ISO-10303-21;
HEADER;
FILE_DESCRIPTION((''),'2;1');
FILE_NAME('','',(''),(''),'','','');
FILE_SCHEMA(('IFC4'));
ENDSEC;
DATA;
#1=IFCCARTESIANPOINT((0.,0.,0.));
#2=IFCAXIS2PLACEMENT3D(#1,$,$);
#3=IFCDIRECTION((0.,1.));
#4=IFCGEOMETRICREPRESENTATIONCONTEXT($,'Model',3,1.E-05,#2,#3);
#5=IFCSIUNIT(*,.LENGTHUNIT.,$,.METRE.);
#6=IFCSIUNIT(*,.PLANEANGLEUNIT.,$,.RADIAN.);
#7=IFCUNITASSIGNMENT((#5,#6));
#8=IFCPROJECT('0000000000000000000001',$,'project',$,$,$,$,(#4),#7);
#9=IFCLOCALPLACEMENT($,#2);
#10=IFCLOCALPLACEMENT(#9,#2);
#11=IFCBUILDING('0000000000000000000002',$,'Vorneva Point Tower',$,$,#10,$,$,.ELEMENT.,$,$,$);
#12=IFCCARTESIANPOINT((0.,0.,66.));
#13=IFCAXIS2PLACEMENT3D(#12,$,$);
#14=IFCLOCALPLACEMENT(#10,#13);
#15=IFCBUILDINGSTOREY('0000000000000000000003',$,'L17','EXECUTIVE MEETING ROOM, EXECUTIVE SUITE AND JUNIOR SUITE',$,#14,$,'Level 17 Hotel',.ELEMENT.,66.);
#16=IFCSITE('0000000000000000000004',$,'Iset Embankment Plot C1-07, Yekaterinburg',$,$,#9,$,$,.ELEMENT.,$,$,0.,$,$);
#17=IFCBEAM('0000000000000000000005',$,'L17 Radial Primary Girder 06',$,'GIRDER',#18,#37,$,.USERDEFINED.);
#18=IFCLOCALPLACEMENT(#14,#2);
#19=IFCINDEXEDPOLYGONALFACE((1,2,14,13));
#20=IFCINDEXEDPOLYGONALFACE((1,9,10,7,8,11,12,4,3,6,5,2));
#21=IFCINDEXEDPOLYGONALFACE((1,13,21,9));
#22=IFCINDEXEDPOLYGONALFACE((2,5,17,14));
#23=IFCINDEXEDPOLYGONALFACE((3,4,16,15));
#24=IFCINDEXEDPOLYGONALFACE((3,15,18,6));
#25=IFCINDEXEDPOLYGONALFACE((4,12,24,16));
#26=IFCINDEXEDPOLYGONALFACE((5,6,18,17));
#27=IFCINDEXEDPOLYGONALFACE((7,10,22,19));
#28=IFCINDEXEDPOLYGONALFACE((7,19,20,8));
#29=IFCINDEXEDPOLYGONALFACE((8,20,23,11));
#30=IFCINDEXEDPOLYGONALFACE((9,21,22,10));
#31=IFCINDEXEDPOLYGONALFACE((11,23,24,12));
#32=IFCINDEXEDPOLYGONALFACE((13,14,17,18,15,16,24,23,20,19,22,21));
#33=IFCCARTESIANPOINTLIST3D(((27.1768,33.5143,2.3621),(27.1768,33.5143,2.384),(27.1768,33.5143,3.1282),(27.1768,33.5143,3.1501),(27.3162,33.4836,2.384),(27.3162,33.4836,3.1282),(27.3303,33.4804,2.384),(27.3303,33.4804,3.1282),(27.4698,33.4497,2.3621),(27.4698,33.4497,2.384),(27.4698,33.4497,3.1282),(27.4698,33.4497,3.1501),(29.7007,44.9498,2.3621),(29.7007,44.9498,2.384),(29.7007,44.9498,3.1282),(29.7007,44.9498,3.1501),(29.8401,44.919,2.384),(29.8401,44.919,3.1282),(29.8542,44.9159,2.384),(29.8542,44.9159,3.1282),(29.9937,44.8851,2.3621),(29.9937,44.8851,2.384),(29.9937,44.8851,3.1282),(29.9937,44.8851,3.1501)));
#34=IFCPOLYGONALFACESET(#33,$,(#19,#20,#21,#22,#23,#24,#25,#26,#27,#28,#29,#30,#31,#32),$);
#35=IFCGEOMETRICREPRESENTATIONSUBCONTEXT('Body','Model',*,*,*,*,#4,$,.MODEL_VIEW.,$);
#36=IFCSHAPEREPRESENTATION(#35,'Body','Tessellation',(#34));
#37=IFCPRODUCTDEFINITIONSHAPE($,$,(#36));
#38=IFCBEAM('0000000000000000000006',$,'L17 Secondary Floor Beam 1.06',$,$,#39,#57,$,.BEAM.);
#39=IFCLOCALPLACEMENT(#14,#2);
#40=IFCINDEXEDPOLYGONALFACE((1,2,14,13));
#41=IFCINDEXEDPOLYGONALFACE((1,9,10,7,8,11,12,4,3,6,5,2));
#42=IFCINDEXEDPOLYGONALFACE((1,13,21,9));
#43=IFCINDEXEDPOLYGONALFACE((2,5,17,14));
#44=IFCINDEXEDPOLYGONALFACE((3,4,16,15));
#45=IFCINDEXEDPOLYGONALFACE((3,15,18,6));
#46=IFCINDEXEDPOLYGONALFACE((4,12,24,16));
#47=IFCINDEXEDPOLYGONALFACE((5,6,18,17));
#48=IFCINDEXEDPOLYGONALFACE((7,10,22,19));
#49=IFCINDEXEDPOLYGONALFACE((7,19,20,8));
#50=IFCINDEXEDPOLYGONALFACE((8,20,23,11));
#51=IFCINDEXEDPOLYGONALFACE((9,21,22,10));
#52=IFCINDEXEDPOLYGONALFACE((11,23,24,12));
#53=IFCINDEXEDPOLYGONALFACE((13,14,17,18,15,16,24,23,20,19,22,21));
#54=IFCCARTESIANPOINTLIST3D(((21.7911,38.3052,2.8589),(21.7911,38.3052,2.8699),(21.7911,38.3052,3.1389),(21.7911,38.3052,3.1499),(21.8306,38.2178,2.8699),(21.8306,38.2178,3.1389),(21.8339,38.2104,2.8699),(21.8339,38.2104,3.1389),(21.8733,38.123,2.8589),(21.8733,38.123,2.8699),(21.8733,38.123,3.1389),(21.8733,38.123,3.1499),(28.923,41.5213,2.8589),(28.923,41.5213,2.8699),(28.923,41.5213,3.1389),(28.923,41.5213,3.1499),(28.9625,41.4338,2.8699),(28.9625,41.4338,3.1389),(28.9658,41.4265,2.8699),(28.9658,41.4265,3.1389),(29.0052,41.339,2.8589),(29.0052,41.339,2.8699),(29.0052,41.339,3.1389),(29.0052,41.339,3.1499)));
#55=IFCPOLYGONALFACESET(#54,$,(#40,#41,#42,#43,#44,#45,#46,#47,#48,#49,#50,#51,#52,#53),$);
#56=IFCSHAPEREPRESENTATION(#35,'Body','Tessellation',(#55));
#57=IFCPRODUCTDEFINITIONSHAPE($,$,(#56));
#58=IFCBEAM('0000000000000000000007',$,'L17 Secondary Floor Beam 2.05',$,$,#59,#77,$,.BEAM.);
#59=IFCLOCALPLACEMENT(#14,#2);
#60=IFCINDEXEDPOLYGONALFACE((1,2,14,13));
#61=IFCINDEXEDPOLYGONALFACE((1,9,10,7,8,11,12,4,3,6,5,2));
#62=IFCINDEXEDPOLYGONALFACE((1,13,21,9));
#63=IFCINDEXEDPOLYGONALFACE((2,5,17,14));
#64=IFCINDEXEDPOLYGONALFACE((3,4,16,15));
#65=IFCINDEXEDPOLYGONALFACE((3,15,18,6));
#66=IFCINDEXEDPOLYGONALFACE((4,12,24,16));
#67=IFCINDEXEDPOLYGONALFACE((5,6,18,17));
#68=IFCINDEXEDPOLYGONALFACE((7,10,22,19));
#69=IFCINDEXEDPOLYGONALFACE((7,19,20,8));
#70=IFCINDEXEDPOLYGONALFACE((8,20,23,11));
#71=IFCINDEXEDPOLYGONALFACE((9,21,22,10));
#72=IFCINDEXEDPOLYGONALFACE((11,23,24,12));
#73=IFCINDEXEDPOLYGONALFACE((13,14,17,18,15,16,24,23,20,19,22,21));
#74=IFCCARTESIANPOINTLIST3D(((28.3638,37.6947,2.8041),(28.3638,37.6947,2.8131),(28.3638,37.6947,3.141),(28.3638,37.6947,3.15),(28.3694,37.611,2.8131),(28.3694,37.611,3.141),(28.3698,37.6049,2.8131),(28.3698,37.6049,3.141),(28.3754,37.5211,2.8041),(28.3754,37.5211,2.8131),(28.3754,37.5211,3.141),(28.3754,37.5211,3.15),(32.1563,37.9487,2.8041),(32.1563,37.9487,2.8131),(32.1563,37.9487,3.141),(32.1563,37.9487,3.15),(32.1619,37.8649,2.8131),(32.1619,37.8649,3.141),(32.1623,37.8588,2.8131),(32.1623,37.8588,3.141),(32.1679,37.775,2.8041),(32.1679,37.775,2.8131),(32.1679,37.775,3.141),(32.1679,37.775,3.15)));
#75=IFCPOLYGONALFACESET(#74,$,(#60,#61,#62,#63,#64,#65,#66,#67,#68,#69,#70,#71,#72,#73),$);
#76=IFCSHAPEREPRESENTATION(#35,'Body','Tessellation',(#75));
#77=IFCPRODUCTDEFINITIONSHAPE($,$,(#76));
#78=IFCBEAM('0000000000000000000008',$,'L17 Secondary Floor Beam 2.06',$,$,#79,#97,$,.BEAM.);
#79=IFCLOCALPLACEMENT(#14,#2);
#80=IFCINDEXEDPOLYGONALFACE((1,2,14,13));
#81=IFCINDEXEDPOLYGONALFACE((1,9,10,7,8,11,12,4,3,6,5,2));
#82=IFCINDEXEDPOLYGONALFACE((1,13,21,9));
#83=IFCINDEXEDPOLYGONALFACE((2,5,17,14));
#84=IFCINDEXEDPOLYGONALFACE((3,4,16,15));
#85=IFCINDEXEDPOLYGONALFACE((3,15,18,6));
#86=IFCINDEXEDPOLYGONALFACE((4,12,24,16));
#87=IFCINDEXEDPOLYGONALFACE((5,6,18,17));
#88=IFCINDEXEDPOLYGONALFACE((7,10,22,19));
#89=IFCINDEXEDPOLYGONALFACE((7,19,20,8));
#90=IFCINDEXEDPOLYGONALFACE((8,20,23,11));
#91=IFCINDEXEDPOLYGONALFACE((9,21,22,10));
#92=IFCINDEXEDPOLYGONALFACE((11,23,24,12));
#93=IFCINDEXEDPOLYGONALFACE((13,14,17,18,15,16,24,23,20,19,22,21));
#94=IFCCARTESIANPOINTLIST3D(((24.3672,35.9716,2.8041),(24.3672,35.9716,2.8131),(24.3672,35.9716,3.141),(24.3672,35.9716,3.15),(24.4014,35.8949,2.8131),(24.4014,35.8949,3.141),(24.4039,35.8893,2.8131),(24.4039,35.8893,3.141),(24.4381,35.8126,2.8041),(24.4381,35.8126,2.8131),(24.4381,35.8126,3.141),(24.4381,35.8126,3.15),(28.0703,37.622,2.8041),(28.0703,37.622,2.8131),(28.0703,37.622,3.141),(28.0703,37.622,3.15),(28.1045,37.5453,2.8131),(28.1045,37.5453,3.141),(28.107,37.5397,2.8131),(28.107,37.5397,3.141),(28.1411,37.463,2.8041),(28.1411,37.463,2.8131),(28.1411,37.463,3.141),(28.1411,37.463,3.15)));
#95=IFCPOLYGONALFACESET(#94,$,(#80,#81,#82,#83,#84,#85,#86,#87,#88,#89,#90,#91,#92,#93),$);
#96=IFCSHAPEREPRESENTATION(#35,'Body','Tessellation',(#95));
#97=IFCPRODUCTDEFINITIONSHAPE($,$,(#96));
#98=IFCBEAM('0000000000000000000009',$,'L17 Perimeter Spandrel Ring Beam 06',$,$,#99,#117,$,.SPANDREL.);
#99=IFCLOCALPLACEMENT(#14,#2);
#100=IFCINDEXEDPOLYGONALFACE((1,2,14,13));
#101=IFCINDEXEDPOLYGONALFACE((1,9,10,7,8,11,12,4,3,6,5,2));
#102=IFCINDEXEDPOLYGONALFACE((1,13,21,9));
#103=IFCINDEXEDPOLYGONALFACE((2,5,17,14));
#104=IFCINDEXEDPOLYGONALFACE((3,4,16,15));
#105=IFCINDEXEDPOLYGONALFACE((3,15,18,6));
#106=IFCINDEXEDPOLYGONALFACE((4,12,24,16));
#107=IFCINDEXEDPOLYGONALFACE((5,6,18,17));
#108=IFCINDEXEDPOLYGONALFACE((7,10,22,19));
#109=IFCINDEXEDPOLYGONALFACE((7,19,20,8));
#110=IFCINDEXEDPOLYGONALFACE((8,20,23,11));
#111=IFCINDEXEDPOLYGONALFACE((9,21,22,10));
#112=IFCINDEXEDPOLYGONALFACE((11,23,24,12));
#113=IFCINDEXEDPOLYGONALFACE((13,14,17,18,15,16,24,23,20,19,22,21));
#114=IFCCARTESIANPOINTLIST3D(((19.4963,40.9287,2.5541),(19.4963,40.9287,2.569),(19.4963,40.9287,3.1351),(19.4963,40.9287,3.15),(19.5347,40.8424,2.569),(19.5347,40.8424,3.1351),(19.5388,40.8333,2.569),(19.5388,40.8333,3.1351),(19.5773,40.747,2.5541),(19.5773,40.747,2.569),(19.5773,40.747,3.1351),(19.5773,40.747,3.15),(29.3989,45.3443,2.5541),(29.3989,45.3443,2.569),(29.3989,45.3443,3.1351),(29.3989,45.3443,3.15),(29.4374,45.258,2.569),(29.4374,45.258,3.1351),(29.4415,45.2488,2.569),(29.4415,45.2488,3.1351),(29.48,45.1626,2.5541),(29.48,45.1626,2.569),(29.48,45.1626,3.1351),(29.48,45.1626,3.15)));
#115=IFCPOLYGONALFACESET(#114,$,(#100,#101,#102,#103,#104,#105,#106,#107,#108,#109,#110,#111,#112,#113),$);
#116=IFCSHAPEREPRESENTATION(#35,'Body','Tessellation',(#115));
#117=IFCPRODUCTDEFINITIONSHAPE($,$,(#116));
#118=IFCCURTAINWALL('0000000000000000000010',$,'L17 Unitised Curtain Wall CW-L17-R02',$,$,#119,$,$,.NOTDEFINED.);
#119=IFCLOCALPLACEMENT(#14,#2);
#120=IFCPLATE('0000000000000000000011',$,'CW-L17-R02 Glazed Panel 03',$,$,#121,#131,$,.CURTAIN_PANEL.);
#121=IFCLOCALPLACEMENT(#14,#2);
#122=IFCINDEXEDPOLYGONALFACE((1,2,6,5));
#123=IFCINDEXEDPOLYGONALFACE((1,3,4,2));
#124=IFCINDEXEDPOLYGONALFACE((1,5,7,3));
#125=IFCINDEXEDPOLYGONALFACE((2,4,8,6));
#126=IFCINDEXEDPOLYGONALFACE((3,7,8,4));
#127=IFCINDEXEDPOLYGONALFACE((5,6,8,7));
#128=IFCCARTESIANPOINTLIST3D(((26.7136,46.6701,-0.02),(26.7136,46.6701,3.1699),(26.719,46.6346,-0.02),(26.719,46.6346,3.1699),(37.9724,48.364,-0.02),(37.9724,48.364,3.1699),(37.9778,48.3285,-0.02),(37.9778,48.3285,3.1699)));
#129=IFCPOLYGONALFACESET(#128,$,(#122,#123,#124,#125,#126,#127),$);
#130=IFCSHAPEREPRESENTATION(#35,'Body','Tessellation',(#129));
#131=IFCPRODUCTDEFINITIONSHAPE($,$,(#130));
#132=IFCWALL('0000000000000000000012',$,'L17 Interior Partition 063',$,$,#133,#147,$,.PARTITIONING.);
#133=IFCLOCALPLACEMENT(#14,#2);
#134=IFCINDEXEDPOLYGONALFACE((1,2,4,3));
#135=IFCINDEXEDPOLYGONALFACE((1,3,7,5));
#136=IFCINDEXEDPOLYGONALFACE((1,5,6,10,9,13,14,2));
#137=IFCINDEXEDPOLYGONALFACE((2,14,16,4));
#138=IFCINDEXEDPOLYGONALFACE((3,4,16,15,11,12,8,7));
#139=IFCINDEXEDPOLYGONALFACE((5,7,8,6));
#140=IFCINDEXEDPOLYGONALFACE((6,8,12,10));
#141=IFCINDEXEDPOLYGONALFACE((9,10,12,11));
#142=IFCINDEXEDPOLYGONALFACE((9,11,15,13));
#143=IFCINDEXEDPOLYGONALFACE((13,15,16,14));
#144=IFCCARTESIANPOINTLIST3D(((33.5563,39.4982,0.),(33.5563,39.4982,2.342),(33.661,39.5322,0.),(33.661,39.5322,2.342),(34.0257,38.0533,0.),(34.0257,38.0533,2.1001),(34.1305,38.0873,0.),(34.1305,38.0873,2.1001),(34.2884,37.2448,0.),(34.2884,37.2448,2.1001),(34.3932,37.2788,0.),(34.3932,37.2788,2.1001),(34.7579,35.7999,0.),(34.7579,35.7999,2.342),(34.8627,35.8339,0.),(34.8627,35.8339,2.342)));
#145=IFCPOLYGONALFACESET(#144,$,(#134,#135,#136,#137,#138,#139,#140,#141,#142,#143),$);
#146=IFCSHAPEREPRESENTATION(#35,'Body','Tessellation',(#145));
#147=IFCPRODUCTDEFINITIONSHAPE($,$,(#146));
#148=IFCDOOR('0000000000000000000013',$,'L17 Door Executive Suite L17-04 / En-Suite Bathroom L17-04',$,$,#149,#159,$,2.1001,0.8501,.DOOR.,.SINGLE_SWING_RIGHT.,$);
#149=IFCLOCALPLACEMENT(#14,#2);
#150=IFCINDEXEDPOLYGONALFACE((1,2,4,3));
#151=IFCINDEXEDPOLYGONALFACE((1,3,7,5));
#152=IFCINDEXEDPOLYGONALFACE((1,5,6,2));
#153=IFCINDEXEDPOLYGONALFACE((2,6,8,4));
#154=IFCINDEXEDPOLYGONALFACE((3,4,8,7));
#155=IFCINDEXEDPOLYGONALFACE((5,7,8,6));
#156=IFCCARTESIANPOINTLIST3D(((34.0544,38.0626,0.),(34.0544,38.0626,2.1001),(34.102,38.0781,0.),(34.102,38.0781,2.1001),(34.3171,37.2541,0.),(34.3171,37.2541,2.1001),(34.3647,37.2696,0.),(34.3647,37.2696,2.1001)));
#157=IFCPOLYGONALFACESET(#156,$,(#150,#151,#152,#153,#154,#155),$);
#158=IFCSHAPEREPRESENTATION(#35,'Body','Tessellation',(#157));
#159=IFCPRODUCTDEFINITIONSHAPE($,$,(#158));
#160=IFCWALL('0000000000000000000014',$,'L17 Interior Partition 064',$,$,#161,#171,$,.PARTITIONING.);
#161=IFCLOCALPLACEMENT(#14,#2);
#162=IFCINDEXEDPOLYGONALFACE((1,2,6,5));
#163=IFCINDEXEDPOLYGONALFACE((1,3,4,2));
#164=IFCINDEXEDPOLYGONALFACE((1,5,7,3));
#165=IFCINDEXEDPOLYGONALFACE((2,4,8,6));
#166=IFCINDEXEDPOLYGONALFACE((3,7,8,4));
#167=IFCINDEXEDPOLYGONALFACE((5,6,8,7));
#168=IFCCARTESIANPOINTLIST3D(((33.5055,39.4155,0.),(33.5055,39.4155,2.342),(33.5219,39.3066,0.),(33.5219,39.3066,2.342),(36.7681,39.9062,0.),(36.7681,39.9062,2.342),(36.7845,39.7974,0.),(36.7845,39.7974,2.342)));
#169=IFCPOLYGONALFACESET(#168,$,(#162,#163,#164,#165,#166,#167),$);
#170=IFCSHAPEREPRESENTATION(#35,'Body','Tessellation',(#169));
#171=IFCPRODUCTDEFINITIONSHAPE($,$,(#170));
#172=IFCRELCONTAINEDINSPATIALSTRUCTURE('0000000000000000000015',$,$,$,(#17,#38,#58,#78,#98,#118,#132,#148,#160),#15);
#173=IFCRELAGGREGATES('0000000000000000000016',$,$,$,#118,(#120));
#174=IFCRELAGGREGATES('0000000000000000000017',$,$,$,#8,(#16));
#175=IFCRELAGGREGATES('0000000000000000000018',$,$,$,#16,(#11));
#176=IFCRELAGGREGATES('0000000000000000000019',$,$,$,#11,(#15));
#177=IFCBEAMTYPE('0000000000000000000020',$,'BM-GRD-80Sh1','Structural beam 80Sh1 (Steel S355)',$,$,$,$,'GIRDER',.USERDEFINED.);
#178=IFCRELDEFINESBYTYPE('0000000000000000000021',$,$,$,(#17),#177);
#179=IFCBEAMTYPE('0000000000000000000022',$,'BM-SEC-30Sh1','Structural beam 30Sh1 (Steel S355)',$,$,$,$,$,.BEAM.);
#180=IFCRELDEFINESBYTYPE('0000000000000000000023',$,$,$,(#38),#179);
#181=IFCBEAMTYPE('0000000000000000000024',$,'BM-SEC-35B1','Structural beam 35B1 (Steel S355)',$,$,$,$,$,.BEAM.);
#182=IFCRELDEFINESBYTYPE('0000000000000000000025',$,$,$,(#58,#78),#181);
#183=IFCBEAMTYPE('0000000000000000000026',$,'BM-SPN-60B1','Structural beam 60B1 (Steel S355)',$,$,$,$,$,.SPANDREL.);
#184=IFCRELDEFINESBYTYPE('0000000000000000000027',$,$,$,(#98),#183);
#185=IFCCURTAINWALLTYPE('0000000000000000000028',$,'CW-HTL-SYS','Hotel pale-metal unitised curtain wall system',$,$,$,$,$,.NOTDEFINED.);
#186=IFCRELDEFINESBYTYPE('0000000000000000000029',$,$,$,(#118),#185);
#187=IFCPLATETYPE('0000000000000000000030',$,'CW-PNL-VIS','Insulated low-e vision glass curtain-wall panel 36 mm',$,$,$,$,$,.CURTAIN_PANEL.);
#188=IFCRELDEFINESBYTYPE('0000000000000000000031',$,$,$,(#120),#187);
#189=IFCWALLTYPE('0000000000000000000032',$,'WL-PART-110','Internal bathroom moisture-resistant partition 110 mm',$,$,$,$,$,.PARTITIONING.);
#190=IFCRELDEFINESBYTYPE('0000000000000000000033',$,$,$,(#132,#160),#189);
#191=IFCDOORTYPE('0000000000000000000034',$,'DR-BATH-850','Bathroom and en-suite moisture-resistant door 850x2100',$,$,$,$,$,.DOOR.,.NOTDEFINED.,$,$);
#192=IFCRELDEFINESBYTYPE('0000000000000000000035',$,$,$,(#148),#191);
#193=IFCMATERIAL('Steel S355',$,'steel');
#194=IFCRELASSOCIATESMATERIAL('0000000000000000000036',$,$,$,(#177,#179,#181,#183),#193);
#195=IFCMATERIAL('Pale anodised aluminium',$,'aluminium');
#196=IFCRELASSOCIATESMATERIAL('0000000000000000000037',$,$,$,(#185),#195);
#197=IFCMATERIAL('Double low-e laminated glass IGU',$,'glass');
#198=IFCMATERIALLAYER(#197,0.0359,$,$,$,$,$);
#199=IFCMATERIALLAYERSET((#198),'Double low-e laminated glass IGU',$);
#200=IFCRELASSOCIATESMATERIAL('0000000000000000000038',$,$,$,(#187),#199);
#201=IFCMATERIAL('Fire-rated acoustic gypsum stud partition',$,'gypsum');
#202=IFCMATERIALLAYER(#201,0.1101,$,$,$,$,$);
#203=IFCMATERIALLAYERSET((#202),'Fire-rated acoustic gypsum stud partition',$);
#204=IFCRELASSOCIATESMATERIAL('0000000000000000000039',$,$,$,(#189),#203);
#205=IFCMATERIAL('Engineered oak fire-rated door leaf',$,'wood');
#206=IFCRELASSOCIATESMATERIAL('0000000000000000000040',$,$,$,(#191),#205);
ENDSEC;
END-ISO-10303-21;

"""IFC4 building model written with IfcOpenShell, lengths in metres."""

from ifc_helpers import new_model, si_unit, direction, frame, frame_2d, origin, origin_2d, place, context, subcontext, project, spatial, rectangle, i_section, extrude, material, layer, layer_set, material_profile, profile_set, type_object, element, fill, aggregate, save


model = new_model("IFC4")

# Units and contexts
model_context = context("Model", 3, precision=1e-05, world=origin(), true_north=direction((0.0, 1.0)))
body_context = subcontext(model_context, "Body", "Model", "MODEL_VIEW")
ifc_project = project(units=[si_unit("LENGTHUNIT", "METRE"), si_unit("PLANEANGLEUNIT", "RADIAN")], contexts=[model_context])

# Site, building, storey
site_placement = place(None, origin())
site = spatial("IfcSite", under=ifc_project, at=site_placement, Name="Iset Embankment Plot C1-07, Yekaterinburg", CompositionType="ELEMENT", RefElevation=0.0)
building_placement = place(site_placement, origin())
building = spatial("IfcBuilding", under=site, at=building_placement, Name="Vorneva Point Tower", CompositionType="ELEMENT")
storey_placement = place(building_placement, frame((0.0, 0.0, 66.0)))
storey = spatial("IfcBuildingStorey", under=building, at=storey_placement, Name="L17", Description="EXECUTIVE MEETING ROOM, EXECUTIVE SUITE AND JUNIOR SUITE", LongName="Level 17 Hotel", CompositionType="ELEMENT", Elevation=66.0)

# Beams
ifc_material_1 = material(Name="Steel S355", Category="steel")
ifc_material_profile_1 = material_profile(ifc_material_1, i_section(OverallWidth=0.3, OverallDepth=0.7881, WebThickness=0.0144, FlangeThickness=0.022, at=origin_2d()), Name="80Sh1")
ifc_profile_set_1 = profile_set([ifc_material_profile_1], Name="Steel S355")
beam_type_1 = type_object("IfcBeamType", Name="BM-GRD-80Sh1", Description="Structural beam 80Sh1 (Steel S355)", ElementType="GIRDER", PredefinedType="USERDEFINED", material=ifc_profile_set_1)
beam_1_placement = place(storey_placement, frame((29.8472, 44.9175, 2.7561), z_axis=(-0.215522, -0.976499, 0.0), x_axis=(0.976499, -0.215522, 0.0)))
element("IfcBeam", 1, at=beam_1_placement, inside=storey, type_object=beam_type_1, Name="L17 Radial Primary Girder 06", ObjectType="GIRDER", PredefinedType="USERDEFINED", context=body_context, shape_type="SweptSolid", body=[
    extrude(i_section(OverallWidth=0.3, OverallDepth=0.7881, WebThickness=0.0144, FlangeThickness=0.022, at=origin_2d()), origin(), (0.0, 0.0, 1.0), 11.7107),
])
ifc_material_profile_2 = material_profile(ifc_material_1, i_section(OverallWidth=0.2, OverallDepth=0.291, WebThickness=0.0081, FlangeThickness=0.011, at=origin_2d()), Name="30Sh1")
ifc_profile_set_2 = profile_set([ifc_material_profile_2], Name="Steel S355")
beam_type_2 = type_object("IfcBeamType", Name="BM-SEC-30Sh1", Description="Structural beam 30Sh1 (Steel S355)", PredefinedType="BEAM", material=ifc_profile_set_2)
beam_2_placement = place(storey_placement, frame((28.9641, 41.4302, 3.0044), z_axis=(-0.911599, -0.411081, 0.0), x_axis=(0.411081, -0.911599, 0.0)))
element("IfcBeam", 2, at=beam_2_placement, inside=storey, type_object=beam_type_2, Name="L17 Secondary Floor Beam 1.06", PredefinedType="BEAM", context=body_context, shape_type="SweptSolid", body=[
    extrude(i_section(OverallWidth=0.2, OverallDepth=0.291, WebThickness=0.0081, FlangeThickness=0.011, at=origin_2d()), origin(), (0.0, 0.0, 1.0), 7.8235),
])
ifc_material_profile_3 = material_profile(ifc_material_1, i_section(OverallWidth=0.1741, OverallDepth=0.3459, WebThickness=0.0061, FlangeThickness=0.009, at=origin_2d()), Name="35B1")
ifc_profile_set_3 = profile_set([ifc_material_profile_3], Name="Steel S355")
beam_type_3 = type_object("IfcBeamType", Name="BM-SEC-35B1", Description="Structural beam 35B1 (Steel S355)", PredefinedType="BEAM", material=ifc_profile_set_3)
beam_3_placement = place(storey_placement, frame((32.1621, 37.8618, 2.9771), z_axis=(-0.997766, -0.0668, 0.0), x_axis=(0.0668, -0.997766, 0.0)))
element("IfcBeam", 3, at=beam_3_placement, inside=storey, type_object=beam_type_3, Name="L17 Secondary Floor Beam 2.05", PredefinedType="BEAM", context=body_context, shape_type="SweptSolid", body=[
    extrude(i_section(OverallWidth=0.1741, OverallDepth=0.3459, WebThickness=0.0061, FlangeThickness=0.009, at=origin_2d()), origin(), (0.0, 0.0, 1.0), 3.801),
])
beam_4_placement = place(storey_placement, frame((28.1057, 37.5425, 2.9771), z_axis=(-0.913394, -0.407077, 0.0), x_axis=(0.407077, -0.913394, 0.0)))
element("IfcBeam", 4, at=beam_4_placement, inside=storey, type_object=beam_type_3, Name="L17 Secondary Floor Beam 2.06", PredefinedType="BEAM", context=body_context, shape_type="SweptSolid", body=[
    extrude(i_section(OverallWidth=0.1741, OverallDepth=0.3459, WebThickness=0.0061, FlangeThickness=0.009, at=origin_2d()), origin(), (0.0, 0.0, 1.0), 4.0542),
])
ifc_material_profile_4 = material_profile(ifc_material_1, i_section(OverallWidth=0.199, OverallDepth=0.5959, WebThickness=0.01, FlangeThickness=0.0149, at=origin_2d()), Name="60B1")
ifc_profile_set_4 = profile_set([ifc_material_profile_4], Name="Steel S355")
beam_type_4 = type_object("IfcBeamType", Name="BM-SPN-60B1", Description="Structural beam 60B1 (Steel S355)", PredefinedType="SPANDREL", material=ifc_profile_set_4)
beam_5_placement = place(storey_placement, frame((29.4395, 45.2534, 2.8521), z_axis=(-0.913319, -0.407245, 0.0), x_axis=(0.407245, -0.913319, 0.0)))
element("IfcBeam", 5, at=beam_5_placement, inside=storey, type_object=beam_type_4, Name="L17 Perimeter Spandrel Ring Beam 06", PredefinedType="SPANDREL", context=body_context, shape_type="SweptSolid", body=[
    extrude(i_section(OverallWidth=0.199, OverallDepth=0.5959, WebThickness=0.01, FlangeThickness=0.0149, at=origin_2d()), origin(), (0.0, 0.0, 1.0), 10.8425),
])

# Curtain wall, plate
ifc_material_2 = material(Name="Pale anodised aluminium", Category="aluminium")
curtain_wall_type = type_object("IfcCurtainWallType", Name="CW-HTL-SYS", Description="Hotel pale-metal unitised curtain wall system", PredefinedType="NOTDEFINED", material=ifc_material_2)
curtain_wall_placement = place(storey_placement, origin())
curtain_wall = element("IfcCurtainWall", 6, at=curtain_wall_placement, inside=storey, type_object=curtain_wall_type, Name="L17 Unitised Curtain Wall CW-L17-R02", PredefinedType="NOTDEFINED")
ifc_material_3 = material(Name="Double low-e laminated glass IGU", Category="glass")
ifc_layer_1 = layer(ifc_material_3, 0.0359)
ifc_layer_set_1 = layer_set([ifc_layer_1], Name="Double low-e laminated glass IGU")
plate_type = type_object("IfcPlateType", Name="CW-PNL-VIS", Description="Insulated low-e vision glass curtain-wall panel 36 mm", PredefinedType="CURTAIN_PANEL", material=ifc_layer_set_1)
plate_placement = place(storey_placement, frame((32.3457, 47.4993, -0.02), z_axis=(0.0, 0.0, 1.0), x_axis=(-0.988871, -0.148776, 0.0)))
plate = element("IfcPlate", 7, at=plate_placement, type_object=plate_type, Name="CW-L17-R02 Glazed Panel 03", PredefinedType="CURTAIN_PANEL", context=body_context, shape_type="SweptSolid", body=[
    extrude(rectangle(XDim=11.3855, YDim=0.0359, at=origin_2d()), origin(), (0.0, 0.0, 1.0), 3.1899),
])
aggregate(curtain_wall, [plate])

# Wall, opening, door
ifc_material_4 = material(Name="Fire-rated acoustic gypsum stud partition", Category="gypsum")
ifc_layer_2 = layer(ifc_material_4, 0.1101)
ifc_layer_set_2 = layer_set([ifc_layer_2], Name="Fire-rated acoustic gypsum stud partition")
wall_type_1 = type_object("IfcWallType", Name="WL-PART-110", Description="Internal bathroom moisture-resistant partition 110 mm", PredefinedType="PARTITIONING", material=ifc_layer_set_2)
wall_1_placement = place(storey_placement, frame((34.8103, 35.8169, 0.0), z_axis=(0.0, 0.0, 1.0), x_axis=(-0.309024, 0.951054, 0.0)))
wall_1 = element("IfcWall", 8, at=wall_1_placement, inside=storey, type_object=wall_type_1, Name="L17 Interior Partition 063", PredefinedType="PARTITIONING", context=body_context, shape_type="SweptSolid", body=[
    extrude(rectangle(XDim=3.8887, YDim=0.1101, at=frame_2d((1.9443, 0.0))), origin(), (0.0, 0.0, 1.0), 2.342),
])
opening_1_placement = place(wall_1_placement, frame((1.5193, 0.0, 0.0)))
opening_1 = element("IfcOpeningElement", 9, at=opening_1_placement, cuts=wall_1, PredefinedType="OPENING", context=body_context, shape_type="SweptSolid", body=[
    extrude(rectangle(XDim=0.8501, YDim=2.1001, at=frame_2d((0.425, 1.05))), frame((0.0, 0.0698, 0.0), z_axis=(0.0, -1.0, 0.0), x_axis=(1.0, 0.0, 0.0)), (0.0, 0.0, 1.0), 0.1399),
])
ifc_material_5 = material(Name="Engineered oak fire-rated door leaf", Category="wood")
door_type_1 = type_object("IfcDoorType", Name="DR-BATH-850", Description="Bathroom and en-suite moisture-resistant door 850x2100", OperationType="NOTDEFINED", PredefinedType="DOOR", material=ifc_material_5)
door_1_placement = place(opening_1_placement, origin())
door_1 = element("IfcDoor", 10, at=door_1_placement, inside=storey, type_object=door_type_1, Name="L17 Door Executive Suite L17-04 / En-Suite Bathroom L17-04", OperationType="SINGLE_SWING_RIGHT", OverallHeight=2.1001, OverallWidth=0.8501, PredefinedType="DOOR", context=body_context, shape_type="SweptSolid", body=[
    extrude(rectangle(XDim=0.8501, YDim=2.1001, at=frame_2d((0.425, 1.05))), frame((0.0, 0.0249, 0.0), z_axis=(0.0, -1.0, 0.0), x_axis=(1.0, 0.0, 0.0)), (0.0, 0.0, 1.0), 0.05),
])
fill(opening_1, door_1)

# Wall
wall_2_placement = place(storey_placement, frame((33.5137, 39.3611, 0.0), z_axis=(0.0, 0.0, 1.0), x_axis=(0.988878, 0.148731, 0.0)))
element("IfcWall", 11, at=wall_2_placement, inside=storey, type_object=wall_type_1, Name="L17 Interior Partition 064", PredefinedType="PARTITIONING", context=body_context, shape_type="SweptSolid", body=[
    extrude(rectangle(XDim=3.2993, YDim=0.1101, at=frame_2d((1.6497, 0.0))), origin(), (0.0, 0.0, 1.0), 2.342),
])

save(model, "model.ifc")
